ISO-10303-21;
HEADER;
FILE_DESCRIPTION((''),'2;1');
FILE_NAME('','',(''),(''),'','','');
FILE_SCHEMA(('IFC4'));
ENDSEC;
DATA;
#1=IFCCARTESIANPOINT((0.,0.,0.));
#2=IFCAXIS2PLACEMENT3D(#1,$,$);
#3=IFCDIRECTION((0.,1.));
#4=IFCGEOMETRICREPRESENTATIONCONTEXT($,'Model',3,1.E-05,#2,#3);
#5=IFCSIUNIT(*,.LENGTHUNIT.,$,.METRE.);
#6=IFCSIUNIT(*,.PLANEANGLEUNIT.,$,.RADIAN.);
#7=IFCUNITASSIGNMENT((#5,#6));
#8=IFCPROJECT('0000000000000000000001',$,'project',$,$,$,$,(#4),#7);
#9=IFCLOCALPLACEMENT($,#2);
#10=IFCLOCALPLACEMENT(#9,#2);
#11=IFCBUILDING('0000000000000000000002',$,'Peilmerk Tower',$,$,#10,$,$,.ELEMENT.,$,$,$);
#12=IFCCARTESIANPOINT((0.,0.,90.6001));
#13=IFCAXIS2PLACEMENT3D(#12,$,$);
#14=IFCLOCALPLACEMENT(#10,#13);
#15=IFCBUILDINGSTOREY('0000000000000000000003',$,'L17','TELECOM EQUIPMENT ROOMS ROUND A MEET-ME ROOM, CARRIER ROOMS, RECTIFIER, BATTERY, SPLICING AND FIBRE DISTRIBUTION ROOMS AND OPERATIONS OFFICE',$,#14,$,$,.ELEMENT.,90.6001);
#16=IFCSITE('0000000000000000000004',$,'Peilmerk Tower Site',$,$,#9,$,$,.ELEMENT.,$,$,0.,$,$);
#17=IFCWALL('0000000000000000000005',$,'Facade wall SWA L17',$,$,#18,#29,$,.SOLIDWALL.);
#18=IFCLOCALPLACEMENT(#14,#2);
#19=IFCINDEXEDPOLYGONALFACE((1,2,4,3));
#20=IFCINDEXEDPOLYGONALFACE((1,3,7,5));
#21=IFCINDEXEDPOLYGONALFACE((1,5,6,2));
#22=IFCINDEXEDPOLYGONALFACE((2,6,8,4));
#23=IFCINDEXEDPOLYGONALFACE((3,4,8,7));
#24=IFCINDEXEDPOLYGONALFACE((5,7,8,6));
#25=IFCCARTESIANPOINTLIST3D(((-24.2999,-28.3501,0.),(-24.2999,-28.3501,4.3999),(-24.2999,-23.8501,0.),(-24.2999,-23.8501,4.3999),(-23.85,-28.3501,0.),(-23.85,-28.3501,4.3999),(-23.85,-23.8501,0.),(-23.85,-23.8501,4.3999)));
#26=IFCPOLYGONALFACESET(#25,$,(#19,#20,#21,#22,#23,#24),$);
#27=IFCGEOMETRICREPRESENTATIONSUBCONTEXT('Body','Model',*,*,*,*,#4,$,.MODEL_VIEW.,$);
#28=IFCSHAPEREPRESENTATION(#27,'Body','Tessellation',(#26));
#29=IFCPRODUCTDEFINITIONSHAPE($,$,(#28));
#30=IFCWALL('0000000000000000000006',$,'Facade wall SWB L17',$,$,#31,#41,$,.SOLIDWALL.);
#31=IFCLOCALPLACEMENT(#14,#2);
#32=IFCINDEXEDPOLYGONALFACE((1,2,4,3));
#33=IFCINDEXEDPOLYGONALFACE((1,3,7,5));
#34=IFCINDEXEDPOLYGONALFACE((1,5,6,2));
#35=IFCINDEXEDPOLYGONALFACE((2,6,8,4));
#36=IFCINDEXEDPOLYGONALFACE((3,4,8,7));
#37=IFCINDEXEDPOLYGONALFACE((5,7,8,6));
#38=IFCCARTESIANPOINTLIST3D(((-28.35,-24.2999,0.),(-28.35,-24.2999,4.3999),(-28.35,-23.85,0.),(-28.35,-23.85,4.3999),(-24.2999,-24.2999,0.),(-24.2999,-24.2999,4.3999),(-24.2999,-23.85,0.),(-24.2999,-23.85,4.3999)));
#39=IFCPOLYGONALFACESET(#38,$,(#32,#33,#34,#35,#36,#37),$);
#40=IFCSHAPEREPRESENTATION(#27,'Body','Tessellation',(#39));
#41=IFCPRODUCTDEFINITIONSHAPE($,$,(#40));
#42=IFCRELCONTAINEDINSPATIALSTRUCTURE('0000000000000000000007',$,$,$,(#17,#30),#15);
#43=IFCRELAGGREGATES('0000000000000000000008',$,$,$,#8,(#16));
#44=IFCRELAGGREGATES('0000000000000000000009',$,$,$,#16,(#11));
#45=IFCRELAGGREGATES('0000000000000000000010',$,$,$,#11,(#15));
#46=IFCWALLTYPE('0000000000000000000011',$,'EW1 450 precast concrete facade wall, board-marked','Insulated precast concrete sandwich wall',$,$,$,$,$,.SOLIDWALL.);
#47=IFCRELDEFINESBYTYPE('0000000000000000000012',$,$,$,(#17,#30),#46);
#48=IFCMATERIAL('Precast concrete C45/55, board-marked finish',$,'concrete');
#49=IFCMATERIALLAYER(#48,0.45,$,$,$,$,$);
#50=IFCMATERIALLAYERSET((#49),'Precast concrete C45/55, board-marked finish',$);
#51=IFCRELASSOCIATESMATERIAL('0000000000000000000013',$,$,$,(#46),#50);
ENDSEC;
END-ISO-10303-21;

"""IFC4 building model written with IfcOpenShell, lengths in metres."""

from ifc_helpers import new_model, si_unit, direction, frame, frame_2d, origin, place, context, subcontext, project, spatial, rectangle, extrude, material, layer, layer_set, type_object, element, save


model = new_model("IFC4")

# Units and contexts
model_context = context("Model", 3, precision=1e-05, world=origin(), true_north=direction((0.0, 1.0)))
body_context = subcontext(model_context, "Body", "Model", "MODEL_VIEW")
ifc_project = project(units=[si_unit("LENGTHUNIT", "METRE"), si_unit("PLANEANGLEUNIT", "RADIAN")], contexts=[model_context])

# Site, building, storey
site_placement = place(None, origin())
site = spatial("IfcSite", under=ifc_project, at=site_placement, Name="Peilmerk Tower Site", CompositionType="ELEMENT", RefElevation=0.0)
building_placement = place(site_placement, origin())
building = spatial("IfcBuilding", under=site, at=building_placement, Name="Peilmerk Tower", CompositionType="ELEMENT")
storey_placement = place(building_placement, frame((0.0, 0.0, 90.6001)))
storey = spatial("IfcBuildingStorey", under=building, at=storey_placement, Name="L17", Description="TELECOM EQUIPMENT ROOMS ROUND A MEET-ME ROOM, CARRIER ROOMS, RECTIFIER, BATTERY, SPLICING AND FIBRE DISTRIBUTION ROOMS AND OPERATIONS OFFICE", CompositionType="ELEMENT", Elevation=90.6001)

# Shared definitions
ifc_material_1 = material(Name="Precast concrete C45/55, board-marked finish", Category="concrete")
ifc_layer = layer(ifc_material_1, 0.45)
ifc_layer_set = layer_set([ifc_layer], Name="Precast concrete C45/55, board-marked finish")
wall_type = type_object("IfcWallType", Name="EW1 450 precast concrete facade wall, board-marked", Description="Insulated precast concrete sandwich wall", PredefinedType="SOLIDWALL", material=ifc_layer_set)

# Walls
wall_1_placement = place(storey_placement, frame((-24.075, -23.8501, 0.0), z_axis=(0.0, 0.0, 1.0), x_axis=(0.0, -1.0, 0.0)))
element("IfcWall", 1, at=wall_1_placement, inside=storey, type_object=wall_type, Name="Facade wall SWA L17", PredefinedType="SOLIDWALL", context=body_context, shape_type="SweptSolid", body=[
    extrude(rectangle(XDim=4.5, YDim=0.45, at=frame_2d((2.25, 0.0))), origin(), (0.0, 0.0, 1.0), 4.3999),
])
wall_2_placement = place(storey_placement, frame((-24.3, -24.075, 0.0), z_axis=(0.0, 0.0, 1.0), x_axis=(-1.0, 0.0, 0.0)))
element("IfcWall", 2, at=wall_2_placement, inside=storey, type_object=wall_type, Name="Facade wall SWB L17", PredefinedType="SOLIDWALL", context=body_context, shape_type="SweptSolid", body=[
    extrude(rectangle(XDim=4.05, YDim=0.45, at=frame_2d((2.0249, 0.0))), origin(), (0.0, 0.0, 1.0), 4.3999),
])

save(model, "model.ifc")
